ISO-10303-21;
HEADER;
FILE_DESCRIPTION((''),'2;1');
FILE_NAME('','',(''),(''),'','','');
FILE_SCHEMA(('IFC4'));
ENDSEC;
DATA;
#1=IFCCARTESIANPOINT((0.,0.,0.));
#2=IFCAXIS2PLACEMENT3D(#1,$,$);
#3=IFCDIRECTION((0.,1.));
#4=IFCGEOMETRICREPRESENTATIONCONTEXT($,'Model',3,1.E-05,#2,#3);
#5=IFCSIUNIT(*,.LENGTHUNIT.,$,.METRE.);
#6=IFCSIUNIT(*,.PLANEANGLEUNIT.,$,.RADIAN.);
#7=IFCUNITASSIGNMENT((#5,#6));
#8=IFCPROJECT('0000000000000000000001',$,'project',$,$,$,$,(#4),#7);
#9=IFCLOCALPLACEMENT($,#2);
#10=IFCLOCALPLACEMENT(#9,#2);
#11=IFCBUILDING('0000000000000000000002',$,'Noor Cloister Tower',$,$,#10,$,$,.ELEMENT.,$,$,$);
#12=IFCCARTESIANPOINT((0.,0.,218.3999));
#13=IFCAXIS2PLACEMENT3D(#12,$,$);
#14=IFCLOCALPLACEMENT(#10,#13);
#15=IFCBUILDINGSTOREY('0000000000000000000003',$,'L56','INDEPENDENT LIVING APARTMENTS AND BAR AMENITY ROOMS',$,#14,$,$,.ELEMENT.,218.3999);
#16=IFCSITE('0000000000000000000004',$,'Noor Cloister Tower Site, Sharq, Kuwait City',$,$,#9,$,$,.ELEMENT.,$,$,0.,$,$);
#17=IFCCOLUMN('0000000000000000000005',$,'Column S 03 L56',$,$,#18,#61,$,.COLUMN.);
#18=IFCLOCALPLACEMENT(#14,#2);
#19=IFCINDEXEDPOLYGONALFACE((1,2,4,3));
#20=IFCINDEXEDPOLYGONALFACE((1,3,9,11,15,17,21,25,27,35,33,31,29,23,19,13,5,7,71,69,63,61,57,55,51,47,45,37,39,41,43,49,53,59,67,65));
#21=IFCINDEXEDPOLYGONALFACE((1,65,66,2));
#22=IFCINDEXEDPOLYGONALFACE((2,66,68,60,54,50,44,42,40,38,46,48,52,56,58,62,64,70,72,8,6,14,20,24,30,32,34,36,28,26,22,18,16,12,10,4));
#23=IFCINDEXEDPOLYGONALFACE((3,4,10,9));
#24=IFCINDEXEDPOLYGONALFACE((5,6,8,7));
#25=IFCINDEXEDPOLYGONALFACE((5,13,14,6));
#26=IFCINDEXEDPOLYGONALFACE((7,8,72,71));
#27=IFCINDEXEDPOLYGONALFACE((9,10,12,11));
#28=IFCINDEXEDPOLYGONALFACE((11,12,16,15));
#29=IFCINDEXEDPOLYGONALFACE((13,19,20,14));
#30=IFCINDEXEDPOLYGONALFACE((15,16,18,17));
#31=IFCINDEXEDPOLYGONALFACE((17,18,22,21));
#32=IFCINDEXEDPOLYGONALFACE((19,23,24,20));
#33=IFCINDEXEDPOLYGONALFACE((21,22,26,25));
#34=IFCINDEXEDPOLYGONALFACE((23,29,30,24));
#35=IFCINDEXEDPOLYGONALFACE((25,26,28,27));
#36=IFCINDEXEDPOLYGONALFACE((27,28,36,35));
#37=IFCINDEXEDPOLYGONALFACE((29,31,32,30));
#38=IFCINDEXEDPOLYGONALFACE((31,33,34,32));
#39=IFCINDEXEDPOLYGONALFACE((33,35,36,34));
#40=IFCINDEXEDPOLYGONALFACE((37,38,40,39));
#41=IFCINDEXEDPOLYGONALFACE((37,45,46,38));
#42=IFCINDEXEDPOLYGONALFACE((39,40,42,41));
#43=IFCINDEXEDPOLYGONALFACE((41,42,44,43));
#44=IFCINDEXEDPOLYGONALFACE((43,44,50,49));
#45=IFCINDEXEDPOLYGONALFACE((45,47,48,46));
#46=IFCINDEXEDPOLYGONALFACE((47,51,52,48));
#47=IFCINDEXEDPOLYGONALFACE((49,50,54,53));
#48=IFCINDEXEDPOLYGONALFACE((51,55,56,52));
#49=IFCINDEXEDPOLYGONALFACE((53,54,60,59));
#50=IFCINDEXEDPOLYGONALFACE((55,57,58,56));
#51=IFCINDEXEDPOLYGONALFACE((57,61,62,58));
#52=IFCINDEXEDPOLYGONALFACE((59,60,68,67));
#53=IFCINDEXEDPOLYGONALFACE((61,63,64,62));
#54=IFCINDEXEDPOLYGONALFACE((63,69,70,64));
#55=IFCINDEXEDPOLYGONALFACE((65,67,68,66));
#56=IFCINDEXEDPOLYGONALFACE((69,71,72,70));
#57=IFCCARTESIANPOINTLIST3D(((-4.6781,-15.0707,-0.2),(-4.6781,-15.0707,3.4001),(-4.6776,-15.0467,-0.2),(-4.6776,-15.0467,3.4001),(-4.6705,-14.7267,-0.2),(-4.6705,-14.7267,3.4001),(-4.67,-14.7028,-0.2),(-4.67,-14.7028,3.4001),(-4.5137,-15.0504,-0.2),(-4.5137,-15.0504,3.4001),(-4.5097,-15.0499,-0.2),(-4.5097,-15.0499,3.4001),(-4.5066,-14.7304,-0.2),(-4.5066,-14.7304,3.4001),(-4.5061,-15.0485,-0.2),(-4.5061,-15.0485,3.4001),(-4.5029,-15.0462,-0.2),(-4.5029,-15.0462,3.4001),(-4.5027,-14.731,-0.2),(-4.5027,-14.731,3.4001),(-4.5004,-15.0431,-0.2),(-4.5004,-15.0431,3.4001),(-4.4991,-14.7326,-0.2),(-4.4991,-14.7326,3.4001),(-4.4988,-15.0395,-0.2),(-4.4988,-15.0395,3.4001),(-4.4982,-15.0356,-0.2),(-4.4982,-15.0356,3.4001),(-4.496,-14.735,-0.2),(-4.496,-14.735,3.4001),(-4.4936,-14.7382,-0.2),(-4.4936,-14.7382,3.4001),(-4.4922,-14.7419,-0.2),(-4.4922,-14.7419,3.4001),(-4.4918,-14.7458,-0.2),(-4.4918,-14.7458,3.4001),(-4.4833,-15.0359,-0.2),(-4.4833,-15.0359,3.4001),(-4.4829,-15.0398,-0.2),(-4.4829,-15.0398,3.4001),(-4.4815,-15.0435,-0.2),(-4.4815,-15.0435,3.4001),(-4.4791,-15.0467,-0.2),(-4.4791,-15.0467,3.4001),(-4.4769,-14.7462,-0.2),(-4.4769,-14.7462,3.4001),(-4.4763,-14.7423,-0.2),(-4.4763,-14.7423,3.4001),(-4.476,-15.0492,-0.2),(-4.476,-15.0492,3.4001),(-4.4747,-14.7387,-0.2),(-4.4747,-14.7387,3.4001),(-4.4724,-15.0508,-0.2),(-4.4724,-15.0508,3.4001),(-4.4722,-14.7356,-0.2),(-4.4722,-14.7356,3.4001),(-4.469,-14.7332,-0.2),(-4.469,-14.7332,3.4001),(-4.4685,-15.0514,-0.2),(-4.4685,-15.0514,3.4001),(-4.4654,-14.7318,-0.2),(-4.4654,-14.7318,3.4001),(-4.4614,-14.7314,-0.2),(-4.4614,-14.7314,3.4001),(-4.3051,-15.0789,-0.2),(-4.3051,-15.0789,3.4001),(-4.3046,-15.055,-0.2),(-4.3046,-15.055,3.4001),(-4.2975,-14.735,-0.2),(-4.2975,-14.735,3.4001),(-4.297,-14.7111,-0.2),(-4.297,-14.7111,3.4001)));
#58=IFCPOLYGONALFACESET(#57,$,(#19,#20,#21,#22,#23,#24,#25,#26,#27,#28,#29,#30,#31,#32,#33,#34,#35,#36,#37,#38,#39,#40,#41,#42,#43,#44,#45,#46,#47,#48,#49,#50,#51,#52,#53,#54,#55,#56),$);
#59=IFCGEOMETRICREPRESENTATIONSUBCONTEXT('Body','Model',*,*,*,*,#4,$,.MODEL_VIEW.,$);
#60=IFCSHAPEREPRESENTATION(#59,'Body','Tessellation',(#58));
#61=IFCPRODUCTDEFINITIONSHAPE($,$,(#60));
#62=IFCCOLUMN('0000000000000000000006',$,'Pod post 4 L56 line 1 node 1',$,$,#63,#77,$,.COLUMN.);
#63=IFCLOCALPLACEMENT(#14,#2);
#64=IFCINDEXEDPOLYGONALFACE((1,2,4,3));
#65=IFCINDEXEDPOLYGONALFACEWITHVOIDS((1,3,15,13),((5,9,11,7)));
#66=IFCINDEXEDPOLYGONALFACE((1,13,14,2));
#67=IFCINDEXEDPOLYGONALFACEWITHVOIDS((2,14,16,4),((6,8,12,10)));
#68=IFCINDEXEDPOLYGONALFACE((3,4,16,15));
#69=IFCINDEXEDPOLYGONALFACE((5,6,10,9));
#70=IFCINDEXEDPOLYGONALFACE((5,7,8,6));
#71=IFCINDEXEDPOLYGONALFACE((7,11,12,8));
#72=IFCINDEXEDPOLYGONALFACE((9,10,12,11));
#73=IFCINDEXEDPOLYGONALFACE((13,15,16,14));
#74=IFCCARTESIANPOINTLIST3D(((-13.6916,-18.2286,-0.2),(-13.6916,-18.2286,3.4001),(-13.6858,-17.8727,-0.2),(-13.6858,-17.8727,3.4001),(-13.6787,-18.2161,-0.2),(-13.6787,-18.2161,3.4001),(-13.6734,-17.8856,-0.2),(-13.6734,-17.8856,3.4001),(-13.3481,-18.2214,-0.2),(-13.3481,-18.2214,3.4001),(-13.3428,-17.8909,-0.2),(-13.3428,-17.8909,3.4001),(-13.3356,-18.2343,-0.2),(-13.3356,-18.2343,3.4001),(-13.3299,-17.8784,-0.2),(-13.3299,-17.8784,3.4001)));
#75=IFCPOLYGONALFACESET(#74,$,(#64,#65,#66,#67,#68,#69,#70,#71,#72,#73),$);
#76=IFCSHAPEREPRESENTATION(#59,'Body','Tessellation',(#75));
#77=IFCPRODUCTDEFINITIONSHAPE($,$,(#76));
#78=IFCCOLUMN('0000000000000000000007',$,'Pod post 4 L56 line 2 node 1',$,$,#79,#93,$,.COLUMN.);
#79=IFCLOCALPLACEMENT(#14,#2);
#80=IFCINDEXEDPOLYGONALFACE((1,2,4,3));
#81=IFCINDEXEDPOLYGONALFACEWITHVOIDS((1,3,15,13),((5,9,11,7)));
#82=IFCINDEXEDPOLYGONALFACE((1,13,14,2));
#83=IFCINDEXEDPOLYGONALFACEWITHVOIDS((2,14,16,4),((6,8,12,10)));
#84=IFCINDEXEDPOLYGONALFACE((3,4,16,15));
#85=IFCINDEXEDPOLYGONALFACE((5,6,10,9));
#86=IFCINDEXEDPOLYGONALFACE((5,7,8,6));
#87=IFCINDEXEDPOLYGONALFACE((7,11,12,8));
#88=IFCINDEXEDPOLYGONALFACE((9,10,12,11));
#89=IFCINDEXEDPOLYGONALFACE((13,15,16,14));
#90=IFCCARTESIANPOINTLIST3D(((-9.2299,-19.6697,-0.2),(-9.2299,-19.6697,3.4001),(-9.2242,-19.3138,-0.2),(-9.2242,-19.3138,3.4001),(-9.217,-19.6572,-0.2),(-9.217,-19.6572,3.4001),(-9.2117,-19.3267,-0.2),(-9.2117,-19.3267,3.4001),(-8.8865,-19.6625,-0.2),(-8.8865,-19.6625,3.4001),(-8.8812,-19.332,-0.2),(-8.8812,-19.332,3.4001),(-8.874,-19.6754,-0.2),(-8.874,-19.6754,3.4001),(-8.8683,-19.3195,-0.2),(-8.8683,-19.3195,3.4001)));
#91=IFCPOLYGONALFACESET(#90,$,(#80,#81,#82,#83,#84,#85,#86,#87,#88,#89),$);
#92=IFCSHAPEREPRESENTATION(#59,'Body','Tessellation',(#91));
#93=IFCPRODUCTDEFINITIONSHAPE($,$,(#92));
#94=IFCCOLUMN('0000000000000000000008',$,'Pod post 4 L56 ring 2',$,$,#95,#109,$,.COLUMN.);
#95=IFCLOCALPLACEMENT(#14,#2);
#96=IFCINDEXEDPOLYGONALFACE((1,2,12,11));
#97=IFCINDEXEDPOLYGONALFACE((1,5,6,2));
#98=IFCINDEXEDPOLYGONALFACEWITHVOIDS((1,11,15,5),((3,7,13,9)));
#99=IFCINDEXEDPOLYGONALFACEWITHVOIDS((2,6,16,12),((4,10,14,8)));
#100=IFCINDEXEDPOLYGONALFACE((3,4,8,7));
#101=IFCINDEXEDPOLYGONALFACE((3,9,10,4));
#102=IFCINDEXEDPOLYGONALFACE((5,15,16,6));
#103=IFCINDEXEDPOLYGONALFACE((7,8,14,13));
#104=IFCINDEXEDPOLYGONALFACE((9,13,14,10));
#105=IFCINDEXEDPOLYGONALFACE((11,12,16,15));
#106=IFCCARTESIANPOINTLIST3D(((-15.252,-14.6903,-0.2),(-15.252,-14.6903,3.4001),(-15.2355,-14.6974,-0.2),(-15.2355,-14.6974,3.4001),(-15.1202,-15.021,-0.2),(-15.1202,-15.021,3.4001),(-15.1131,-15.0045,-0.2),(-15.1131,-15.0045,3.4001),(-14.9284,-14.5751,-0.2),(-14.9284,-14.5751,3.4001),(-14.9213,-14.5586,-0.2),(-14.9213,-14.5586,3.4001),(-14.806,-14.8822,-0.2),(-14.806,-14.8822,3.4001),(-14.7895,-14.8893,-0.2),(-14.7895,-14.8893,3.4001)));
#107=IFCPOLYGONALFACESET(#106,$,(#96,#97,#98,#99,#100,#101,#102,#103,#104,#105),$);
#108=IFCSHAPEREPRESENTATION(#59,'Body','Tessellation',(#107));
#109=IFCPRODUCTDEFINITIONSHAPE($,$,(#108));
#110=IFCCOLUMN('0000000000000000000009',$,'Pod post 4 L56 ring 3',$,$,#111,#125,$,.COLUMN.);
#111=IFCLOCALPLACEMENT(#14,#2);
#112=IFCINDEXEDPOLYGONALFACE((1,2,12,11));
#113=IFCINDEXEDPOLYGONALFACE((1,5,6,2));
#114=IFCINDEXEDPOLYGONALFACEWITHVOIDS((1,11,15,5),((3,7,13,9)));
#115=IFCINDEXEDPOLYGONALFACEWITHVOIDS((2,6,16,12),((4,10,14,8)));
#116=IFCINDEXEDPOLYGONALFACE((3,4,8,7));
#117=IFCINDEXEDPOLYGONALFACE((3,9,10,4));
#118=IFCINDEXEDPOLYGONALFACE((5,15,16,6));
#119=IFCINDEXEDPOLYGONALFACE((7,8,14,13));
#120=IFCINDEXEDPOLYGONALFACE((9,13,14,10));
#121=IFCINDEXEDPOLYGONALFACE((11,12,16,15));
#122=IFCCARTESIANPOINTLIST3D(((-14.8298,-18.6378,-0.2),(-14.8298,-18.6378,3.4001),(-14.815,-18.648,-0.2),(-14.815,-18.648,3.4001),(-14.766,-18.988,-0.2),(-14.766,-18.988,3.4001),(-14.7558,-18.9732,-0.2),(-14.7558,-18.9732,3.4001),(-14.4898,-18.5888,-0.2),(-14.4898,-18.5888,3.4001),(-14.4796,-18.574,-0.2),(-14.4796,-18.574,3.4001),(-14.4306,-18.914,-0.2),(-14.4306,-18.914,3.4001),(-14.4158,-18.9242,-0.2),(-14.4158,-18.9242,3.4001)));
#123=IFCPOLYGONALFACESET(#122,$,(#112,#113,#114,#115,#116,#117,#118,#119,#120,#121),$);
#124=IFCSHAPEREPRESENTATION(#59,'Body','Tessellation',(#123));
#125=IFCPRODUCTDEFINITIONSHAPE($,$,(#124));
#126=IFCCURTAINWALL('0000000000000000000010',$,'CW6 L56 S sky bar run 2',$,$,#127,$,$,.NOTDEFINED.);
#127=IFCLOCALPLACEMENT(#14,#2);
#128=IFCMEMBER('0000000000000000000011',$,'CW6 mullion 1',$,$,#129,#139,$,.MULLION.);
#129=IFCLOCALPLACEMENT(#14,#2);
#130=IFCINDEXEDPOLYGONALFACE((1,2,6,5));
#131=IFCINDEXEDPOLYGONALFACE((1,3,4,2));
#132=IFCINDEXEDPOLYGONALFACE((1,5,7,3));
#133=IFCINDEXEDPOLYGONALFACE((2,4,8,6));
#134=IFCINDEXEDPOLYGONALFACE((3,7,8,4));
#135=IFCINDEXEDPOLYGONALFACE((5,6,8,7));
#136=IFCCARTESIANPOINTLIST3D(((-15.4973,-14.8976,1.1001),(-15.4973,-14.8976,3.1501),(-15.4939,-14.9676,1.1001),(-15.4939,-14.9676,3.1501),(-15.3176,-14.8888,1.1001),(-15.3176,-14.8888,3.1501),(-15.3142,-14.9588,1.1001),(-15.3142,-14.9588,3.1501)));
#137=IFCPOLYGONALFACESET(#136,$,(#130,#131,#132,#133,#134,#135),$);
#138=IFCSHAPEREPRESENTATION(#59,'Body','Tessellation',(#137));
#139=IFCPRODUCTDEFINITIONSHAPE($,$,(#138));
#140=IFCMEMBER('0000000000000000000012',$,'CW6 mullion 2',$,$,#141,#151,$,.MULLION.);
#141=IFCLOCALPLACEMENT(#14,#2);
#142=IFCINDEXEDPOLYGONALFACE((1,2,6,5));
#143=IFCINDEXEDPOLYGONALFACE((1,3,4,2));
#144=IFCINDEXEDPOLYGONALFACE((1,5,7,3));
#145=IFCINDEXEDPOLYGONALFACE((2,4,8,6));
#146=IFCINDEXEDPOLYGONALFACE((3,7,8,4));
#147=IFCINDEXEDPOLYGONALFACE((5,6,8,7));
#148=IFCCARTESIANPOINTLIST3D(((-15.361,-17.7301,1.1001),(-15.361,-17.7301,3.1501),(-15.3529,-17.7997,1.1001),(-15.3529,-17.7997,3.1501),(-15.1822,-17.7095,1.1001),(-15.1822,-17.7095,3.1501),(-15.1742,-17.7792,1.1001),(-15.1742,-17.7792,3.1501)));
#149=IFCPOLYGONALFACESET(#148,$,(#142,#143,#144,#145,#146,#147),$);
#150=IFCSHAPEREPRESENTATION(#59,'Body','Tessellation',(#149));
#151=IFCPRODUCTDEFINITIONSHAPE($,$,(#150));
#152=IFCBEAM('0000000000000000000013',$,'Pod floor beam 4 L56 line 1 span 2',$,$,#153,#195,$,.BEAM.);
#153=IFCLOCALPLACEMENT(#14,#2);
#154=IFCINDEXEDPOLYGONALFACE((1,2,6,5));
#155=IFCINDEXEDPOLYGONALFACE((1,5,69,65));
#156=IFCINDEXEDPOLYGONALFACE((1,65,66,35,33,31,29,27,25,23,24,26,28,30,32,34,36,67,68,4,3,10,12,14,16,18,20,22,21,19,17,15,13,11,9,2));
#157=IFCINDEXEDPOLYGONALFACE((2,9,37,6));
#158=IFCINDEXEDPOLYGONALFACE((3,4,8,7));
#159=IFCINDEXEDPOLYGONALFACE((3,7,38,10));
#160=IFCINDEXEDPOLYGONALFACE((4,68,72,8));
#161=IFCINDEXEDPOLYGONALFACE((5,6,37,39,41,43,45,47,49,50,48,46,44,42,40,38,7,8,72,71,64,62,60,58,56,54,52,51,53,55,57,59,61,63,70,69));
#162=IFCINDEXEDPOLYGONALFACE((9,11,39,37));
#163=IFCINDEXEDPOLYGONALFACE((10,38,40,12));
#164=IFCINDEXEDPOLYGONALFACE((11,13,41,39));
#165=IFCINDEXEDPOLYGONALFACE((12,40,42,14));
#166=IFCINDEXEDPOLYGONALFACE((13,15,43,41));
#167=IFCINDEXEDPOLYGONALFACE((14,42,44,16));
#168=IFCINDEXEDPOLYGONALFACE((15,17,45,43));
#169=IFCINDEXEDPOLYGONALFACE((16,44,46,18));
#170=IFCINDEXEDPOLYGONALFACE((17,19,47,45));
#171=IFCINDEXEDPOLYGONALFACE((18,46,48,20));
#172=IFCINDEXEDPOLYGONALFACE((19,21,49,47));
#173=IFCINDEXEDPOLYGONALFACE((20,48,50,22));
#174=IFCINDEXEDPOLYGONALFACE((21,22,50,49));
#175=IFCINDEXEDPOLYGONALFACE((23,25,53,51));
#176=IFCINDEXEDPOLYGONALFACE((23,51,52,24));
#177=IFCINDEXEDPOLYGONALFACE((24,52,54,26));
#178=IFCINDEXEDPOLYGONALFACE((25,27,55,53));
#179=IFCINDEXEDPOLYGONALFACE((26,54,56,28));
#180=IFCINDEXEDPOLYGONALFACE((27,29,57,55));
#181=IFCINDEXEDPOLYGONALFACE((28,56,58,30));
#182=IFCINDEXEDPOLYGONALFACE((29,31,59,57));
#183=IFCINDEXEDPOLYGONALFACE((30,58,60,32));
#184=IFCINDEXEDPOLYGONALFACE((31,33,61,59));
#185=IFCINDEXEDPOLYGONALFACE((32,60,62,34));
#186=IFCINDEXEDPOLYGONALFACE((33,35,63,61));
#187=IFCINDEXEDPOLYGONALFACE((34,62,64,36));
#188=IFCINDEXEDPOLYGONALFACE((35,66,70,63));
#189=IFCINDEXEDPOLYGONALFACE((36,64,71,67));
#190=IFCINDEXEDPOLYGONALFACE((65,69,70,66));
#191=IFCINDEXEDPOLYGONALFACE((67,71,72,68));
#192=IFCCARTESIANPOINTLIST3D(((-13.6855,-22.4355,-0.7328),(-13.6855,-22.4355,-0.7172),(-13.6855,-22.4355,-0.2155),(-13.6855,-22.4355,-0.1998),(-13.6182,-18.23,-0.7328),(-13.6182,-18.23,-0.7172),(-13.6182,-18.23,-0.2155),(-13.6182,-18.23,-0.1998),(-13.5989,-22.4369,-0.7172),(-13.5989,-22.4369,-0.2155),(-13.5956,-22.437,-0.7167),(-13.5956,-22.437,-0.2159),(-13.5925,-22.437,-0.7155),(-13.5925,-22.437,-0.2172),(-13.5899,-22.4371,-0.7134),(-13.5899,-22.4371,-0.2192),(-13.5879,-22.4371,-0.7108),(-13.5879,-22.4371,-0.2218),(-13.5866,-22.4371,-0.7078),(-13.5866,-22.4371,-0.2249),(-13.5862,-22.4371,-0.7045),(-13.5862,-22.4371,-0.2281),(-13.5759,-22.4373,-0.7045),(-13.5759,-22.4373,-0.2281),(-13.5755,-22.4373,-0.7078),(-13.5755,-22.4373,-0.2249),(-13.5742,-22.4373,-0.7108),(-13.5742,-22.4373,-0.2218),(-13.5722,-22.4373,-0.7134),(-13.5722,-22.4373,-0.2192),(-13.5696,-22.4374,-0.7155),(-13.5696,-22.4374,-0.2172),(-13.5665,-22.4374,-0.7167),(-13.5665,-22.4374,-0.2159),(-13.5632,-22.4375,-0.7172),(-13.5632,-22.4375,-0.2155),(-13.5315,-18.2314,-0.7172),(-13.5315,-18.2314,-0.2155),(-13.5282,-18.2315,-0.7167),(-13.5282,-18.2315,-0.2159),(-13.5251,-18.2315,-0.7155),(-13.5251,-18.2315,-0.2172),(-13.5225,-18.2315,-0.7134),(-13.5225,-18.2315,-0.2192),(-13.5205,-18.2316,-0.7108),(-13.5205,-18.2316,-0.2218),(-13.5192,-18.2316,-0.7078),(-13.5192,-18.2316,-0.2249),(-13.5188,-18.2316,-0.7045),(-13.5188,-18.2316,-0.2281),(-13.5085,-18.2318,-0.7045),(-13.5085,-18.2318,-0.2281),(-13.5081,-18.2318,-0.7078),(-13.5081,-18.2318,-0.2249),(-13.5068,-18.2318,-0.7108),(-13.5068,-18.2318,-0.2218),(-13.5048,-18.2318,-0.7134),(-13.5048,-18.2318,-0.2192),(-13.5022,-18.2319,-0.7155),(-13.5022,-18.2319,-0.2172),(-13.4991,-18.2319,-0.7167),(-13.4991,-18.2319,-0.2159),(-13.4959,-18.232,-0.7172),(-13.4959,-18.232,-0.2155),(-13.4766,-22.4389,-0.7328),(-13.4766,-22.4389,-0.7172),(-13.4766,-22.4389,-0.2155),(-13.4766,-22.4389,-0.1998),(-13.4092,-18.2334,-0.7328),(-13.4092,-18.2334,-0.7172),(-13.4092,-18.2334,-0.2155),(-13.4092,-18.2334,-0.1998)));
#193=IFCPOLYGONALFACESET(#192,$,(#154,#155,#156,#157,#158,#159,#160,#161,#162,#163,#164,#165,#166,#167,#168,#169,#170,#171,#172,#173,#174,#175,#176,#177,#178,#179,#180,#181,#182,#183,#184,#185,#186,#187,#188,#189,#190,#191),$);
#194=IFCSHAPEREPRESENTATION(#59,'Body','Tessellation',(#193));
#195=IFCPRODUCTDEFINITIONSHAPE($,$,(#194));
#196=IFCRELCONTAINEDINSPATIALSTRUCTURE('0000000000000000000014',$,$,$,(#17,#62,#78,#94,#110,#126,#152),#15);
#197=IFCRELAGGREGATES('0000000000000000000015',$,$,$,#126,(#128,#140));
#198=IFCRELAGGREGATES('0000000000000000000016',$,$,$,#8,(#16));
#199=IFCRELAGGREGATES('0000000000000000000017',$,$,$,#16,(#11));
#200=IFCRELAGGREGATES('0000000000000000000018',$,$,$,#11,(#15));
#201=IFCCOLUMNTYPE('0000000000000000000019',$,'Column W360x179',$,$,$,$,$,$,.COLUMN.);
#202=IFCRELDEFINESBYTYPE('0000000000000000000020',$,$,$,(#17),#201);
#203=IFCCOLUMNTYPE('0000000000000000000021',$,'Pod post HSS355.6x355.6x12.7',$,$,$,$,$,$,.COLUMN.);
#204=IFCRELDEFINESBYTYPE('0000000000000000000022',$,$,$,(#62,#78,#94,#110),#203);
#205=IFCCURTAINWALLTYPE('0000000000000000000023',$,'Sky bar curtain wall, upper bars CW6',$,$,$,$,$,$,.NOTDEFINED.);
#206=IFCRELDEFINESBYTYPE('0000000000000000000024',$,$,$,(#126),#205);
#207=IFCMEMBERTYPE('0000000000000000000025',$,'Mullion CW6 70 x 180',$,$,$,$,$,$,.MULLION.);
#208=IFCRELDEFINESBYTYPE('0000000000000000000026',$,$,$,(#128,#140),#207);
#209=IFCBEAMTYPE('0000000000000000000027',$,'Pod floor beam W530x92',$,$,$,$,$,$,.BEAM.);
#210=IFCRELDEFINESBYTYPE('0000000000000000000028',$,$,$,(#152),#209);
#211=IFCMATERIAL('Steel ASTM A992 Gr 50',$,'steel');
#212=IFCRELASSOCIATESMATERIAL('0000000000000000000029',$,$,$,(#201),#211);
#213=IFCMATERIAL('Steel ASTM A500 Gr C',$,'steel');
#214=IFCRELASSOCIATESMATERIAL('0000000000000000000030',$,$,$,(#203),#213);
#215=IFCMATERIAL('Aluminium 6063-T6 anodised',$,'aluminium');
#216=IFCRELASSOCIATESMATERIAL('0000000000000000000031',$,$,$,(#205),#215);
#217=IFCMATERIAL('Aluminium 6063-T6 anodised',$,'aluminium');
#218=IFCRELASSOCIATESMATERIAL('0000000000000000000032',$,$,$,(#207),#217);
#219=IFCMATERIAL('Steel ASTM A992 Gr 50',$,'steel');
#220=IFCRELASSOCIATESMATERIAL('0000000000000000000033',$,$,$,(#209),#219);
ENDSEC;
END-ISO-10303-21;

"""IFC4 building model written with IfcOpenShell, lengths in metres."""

from ifc_helpers import new_model, si_unit, direction, frame, origin, origin_2d, place, context, subcontext, project, spatial, rectangle, hollow_rectangle, i_section, extrude, material, material_profile, profile_set, type_object, element, aggregate, save


model = new_model("IFC4")

# Units and contexts
model_context = context("Model", 3, precision=1e-05, world=origin(), true_north=direction((0.0, 1.0)))
body_context = subcontext(model_context, "Body", "Model", "MODEL_VIEW")
ifc_project = project(units=[si_unit("LENGTHUNIT", "METRE"), si_unit("PLANEANGLEUNIT", "RADIAN")], contexts=[model_context])

# Site, building, storey
site_placement = place(None, origin())
site = spatial("IfcSite", under=ifc_project, at=site_placement, Name="Noor Cloister Tower Site, Sharq, Kuwait City", CompositionType="ELEMENT", RefElevation=0.0)
building_placement = place(site_placement, origin())
building = spatial("IfcBuilding", under=site, at=building_placement, Name="Noor Cloister Tower", CompositionType="ELEMENT")
storey_placement = place(building_placement, frame((0.0, 0.0, 218.3999)))
storey = spatial("IfcBuildingStorey", under=building, at=storey_placement, Name="L56", Description="INDEPENDENT LIVING APARTMENTS AND BAR AMENITY ROOMS", CompositionType="ELEMENT", Elevation=218.3999)

# Columns
ifc_material_1 = material(Name="Steel ASTM A992 Gr 50", Category="steel")
ifc_material_profile_1 = material_profile(ifc_material_1, i_section(OverallWidth=0.373, OverallDepth=0.3679, WebThickness=0.0149, FlangeThickness=0.0239, FilletRadius=0.0151, at=origin_2d()), Name="W360x179")
ifc_profile_set_1 = profile_set([ifc_material_profile_1], Name="Steel ASTM A992 Gr 50")
column_type_1 = type_object("IfcColumnType", Name="Column W360x179", PredefinedType="COLUMN", material=ifc_profile_set_1)
column_placement = place(storey_placement, frame((-4.4875, -14.8909, -0.2), z_axis=(0.0, 0.0, 1.0), x_axis=(0.999755, -0.022132, 0.0)))
element("IfcColumn", 1, at=column_placement, inside=storey, type_object=column_type_1, Name="Column S 03 L56", PredefinedType="COLUMN", context=body_context, shape_type="SweptSolid", body=[
    extrude(i_section(OverallWidth=0.373, OverallDepth=0.3679, WebThickness=0.0149, FlangeThickness=0.0239, FilletRadius=0.0151, at=origin_2d()), origin(), (0.0, 0.0, 1.0), 3.6001),
])
ifc_material_2 = material(Name="Steel ASTM A500 Gr C", Category="steel")
ifc_material_profile_2 = material_profile(ifc_material_2, hollow_rectangle(XDim=0.356, YDim=0.356, WallThickness=0.0127, at=origin_2d()), Name="HSS355.6x355.6x12.7")
ifc_profile_set_2 = profile_set([ifc_material_profile_2], Name="Steel ASTM A500 Gr C")
column_type_2 = type_object("IfcColumnType", Name="Pod post HSS355.6x355.6x12.7", PredefinedType="COLUMN", material=ifc_profile_set_2)
for number, where, z_axis, x_axis, name in (
    (2, (-13.5107, -18.0535, -0.2), (0.0, 0.0, 1.0), (-0.016039, -0.999871, 0.0), "Pod post 4 L56 line 1 node 1"),
    (3, (-9.0491, -19.4946, -0.2), (0.0, 0.0, 1.0), (-0.016039, -0.999871, 0.0), "Pod post 4 L56 line 2 node 1"),
    (4, (-15.0208, -14.7898, -0.2), (0.0, 0.0, 1.0), (0.370053, -0.929011, 0.0), "Pod post 4 L56 ring 2"),
    (5, (-14.6228, -18.781, -0.2), (0.0, 0.0, 1.0), (0.179302, -0.983794, 0.0), "Pod post 4 L56 ring 3"),
):
    element("IfcColumn", number, at=place(storey_placement, frame(where, z_axis=z_axis, x_axis=x_axis)), inside=storey, type_object=column_type_2, Name=name, PredefinedType="COLUMN", context=body_context, shape_type="SweptSolid", body=[
        extrude(hollow_rectangle(XDim=0.356, YDim=0.356, WallThickness=0.0127, at=origin_2d()), origin(), (0.0, 0.0, 1.0), 3.6001),
    ])

# Curtain wall, members
ifc_material_3 = material(Name="Aluminium 6063-T6 anodised", Category="aluminium")
curtain_wall_type = type_object("IfcCurtainWallType", Name="Sky bar curtain wall, upper bars CW6", PredefinedType="NOTDEFINED", material=ifc_material_3)
curtain_wall_placement = place(storey_placement, origin())
curtain_wall = element("IfcCurtainWall", 6, at=curtain_wall_placement, inside=storey, type_object=curtain_wall_type, Name="CW6 L56 S sky bar run 2", PredefinedType="NOTDEFINED")
ifc_material_4 = material(Name="Aluminium 6063-T6 anodised", Category="aluminium")
ifc_material_profile_3 = material_profile(ifc_material_4, rectangle(XDim=0.1799, YDim=0.0701, at=origin_2d()), Name="180 x 70 mullion")
ifc_profile_set_3 = profile_set([ifc_material_profile_3], Name="Aluminium 6063-T6 anodised")
member_type = type_object("IfcMemberType", Name="Mullion CW6 70 x 180", PredefinedType="MULLION", material=ifc_profile_set_3)
member_1_placement = place(storey_placement, frame((-15.4058, -14.9282, 1.1001), z_axis=(0.0, 0.0, 1.0), x_axis=(0.998807, 0.048823, 0.0)))
member_1 = element("IfcMember", 7, at=member_1_placement, type_object=member_type, Name="CW6 mullion 1", PredefinedType="MULLION", context=body_context, shape_type="SweptSolid", body=[
    extrude(rectangle(XDim=0.1799, YDim=0.0701, at=origin_2d()), origin(), (0.0, 0.0, 1.0), 2.05),
])
member_2_placement = place(storey_placement, frame((-15.2676, -17.7546, 1.1001), z_axis=(0.0, 0.0, 1.0), x_axis=(0.993439, 0.114364, 0.0)))
member_2 = element("IfcMember", 8, at=member_2_placement, type_object=member_type, Name="CW6 mullion 2", PredefinedType="MULLION", context=body_context, shape_type="SweptSolid", body=[
    extrude(rectangle(XDim=0.1799, YDim=0.0701, at=origin_2d()), origin(), (0.0, 0.0, 1.0), 2.05),
])

# Beam
ifc_material_5 = material(Name="Steel ASTM A992 Gr 50", Category="steel")
ifc_material_profile_4 = material_profile(ifc_material_5, i_section(OverallWidth=0.209, OverallDepth=0.533, WebThickness=0.0103, FlangeThickness=0.0156, FilletRadius=0.0127, at=origin_2d()), Name="W530x92")
ifc_profile_set_4 = profile_set([ifc_material_profile_4], Name="Steel ASTM A992 Gr 50")
beam_type_1 = type_object("IfcBeamType", Name="Pod floor beam W530x92", PredefinedType="BEAM", material=ifc_profile_set_4)
beam_1_placement = place(storey_placement, frame((-13.5137, -18.2317, -0.4663), z_axis=(-0.01602, -0.999872, 0.0), x_axis=(0.999872, -0.01602, 0.0)))
element("IfcBeam", 9, at=beam_1_placement, inside=storey, type_object=beam_type_1, Name="Pod floor beam 4 L56 line 1 span 2", PredefinedType="BEAM", context=body_context, shape_type="SweptSolid", body=[
    extrude(i_section(OverallWidth=0.209, OverallDepth=0.533, WebThickness=0.0103, FlangeThickness=0.0156, FilletRadius=0.0127, at=origin_2d()), origin(), (0.0, 0.0, 1.0), 4.2061),
])

aggregate(curtain_wall, [member_1, member_2])

save(model, "model.ifc")
